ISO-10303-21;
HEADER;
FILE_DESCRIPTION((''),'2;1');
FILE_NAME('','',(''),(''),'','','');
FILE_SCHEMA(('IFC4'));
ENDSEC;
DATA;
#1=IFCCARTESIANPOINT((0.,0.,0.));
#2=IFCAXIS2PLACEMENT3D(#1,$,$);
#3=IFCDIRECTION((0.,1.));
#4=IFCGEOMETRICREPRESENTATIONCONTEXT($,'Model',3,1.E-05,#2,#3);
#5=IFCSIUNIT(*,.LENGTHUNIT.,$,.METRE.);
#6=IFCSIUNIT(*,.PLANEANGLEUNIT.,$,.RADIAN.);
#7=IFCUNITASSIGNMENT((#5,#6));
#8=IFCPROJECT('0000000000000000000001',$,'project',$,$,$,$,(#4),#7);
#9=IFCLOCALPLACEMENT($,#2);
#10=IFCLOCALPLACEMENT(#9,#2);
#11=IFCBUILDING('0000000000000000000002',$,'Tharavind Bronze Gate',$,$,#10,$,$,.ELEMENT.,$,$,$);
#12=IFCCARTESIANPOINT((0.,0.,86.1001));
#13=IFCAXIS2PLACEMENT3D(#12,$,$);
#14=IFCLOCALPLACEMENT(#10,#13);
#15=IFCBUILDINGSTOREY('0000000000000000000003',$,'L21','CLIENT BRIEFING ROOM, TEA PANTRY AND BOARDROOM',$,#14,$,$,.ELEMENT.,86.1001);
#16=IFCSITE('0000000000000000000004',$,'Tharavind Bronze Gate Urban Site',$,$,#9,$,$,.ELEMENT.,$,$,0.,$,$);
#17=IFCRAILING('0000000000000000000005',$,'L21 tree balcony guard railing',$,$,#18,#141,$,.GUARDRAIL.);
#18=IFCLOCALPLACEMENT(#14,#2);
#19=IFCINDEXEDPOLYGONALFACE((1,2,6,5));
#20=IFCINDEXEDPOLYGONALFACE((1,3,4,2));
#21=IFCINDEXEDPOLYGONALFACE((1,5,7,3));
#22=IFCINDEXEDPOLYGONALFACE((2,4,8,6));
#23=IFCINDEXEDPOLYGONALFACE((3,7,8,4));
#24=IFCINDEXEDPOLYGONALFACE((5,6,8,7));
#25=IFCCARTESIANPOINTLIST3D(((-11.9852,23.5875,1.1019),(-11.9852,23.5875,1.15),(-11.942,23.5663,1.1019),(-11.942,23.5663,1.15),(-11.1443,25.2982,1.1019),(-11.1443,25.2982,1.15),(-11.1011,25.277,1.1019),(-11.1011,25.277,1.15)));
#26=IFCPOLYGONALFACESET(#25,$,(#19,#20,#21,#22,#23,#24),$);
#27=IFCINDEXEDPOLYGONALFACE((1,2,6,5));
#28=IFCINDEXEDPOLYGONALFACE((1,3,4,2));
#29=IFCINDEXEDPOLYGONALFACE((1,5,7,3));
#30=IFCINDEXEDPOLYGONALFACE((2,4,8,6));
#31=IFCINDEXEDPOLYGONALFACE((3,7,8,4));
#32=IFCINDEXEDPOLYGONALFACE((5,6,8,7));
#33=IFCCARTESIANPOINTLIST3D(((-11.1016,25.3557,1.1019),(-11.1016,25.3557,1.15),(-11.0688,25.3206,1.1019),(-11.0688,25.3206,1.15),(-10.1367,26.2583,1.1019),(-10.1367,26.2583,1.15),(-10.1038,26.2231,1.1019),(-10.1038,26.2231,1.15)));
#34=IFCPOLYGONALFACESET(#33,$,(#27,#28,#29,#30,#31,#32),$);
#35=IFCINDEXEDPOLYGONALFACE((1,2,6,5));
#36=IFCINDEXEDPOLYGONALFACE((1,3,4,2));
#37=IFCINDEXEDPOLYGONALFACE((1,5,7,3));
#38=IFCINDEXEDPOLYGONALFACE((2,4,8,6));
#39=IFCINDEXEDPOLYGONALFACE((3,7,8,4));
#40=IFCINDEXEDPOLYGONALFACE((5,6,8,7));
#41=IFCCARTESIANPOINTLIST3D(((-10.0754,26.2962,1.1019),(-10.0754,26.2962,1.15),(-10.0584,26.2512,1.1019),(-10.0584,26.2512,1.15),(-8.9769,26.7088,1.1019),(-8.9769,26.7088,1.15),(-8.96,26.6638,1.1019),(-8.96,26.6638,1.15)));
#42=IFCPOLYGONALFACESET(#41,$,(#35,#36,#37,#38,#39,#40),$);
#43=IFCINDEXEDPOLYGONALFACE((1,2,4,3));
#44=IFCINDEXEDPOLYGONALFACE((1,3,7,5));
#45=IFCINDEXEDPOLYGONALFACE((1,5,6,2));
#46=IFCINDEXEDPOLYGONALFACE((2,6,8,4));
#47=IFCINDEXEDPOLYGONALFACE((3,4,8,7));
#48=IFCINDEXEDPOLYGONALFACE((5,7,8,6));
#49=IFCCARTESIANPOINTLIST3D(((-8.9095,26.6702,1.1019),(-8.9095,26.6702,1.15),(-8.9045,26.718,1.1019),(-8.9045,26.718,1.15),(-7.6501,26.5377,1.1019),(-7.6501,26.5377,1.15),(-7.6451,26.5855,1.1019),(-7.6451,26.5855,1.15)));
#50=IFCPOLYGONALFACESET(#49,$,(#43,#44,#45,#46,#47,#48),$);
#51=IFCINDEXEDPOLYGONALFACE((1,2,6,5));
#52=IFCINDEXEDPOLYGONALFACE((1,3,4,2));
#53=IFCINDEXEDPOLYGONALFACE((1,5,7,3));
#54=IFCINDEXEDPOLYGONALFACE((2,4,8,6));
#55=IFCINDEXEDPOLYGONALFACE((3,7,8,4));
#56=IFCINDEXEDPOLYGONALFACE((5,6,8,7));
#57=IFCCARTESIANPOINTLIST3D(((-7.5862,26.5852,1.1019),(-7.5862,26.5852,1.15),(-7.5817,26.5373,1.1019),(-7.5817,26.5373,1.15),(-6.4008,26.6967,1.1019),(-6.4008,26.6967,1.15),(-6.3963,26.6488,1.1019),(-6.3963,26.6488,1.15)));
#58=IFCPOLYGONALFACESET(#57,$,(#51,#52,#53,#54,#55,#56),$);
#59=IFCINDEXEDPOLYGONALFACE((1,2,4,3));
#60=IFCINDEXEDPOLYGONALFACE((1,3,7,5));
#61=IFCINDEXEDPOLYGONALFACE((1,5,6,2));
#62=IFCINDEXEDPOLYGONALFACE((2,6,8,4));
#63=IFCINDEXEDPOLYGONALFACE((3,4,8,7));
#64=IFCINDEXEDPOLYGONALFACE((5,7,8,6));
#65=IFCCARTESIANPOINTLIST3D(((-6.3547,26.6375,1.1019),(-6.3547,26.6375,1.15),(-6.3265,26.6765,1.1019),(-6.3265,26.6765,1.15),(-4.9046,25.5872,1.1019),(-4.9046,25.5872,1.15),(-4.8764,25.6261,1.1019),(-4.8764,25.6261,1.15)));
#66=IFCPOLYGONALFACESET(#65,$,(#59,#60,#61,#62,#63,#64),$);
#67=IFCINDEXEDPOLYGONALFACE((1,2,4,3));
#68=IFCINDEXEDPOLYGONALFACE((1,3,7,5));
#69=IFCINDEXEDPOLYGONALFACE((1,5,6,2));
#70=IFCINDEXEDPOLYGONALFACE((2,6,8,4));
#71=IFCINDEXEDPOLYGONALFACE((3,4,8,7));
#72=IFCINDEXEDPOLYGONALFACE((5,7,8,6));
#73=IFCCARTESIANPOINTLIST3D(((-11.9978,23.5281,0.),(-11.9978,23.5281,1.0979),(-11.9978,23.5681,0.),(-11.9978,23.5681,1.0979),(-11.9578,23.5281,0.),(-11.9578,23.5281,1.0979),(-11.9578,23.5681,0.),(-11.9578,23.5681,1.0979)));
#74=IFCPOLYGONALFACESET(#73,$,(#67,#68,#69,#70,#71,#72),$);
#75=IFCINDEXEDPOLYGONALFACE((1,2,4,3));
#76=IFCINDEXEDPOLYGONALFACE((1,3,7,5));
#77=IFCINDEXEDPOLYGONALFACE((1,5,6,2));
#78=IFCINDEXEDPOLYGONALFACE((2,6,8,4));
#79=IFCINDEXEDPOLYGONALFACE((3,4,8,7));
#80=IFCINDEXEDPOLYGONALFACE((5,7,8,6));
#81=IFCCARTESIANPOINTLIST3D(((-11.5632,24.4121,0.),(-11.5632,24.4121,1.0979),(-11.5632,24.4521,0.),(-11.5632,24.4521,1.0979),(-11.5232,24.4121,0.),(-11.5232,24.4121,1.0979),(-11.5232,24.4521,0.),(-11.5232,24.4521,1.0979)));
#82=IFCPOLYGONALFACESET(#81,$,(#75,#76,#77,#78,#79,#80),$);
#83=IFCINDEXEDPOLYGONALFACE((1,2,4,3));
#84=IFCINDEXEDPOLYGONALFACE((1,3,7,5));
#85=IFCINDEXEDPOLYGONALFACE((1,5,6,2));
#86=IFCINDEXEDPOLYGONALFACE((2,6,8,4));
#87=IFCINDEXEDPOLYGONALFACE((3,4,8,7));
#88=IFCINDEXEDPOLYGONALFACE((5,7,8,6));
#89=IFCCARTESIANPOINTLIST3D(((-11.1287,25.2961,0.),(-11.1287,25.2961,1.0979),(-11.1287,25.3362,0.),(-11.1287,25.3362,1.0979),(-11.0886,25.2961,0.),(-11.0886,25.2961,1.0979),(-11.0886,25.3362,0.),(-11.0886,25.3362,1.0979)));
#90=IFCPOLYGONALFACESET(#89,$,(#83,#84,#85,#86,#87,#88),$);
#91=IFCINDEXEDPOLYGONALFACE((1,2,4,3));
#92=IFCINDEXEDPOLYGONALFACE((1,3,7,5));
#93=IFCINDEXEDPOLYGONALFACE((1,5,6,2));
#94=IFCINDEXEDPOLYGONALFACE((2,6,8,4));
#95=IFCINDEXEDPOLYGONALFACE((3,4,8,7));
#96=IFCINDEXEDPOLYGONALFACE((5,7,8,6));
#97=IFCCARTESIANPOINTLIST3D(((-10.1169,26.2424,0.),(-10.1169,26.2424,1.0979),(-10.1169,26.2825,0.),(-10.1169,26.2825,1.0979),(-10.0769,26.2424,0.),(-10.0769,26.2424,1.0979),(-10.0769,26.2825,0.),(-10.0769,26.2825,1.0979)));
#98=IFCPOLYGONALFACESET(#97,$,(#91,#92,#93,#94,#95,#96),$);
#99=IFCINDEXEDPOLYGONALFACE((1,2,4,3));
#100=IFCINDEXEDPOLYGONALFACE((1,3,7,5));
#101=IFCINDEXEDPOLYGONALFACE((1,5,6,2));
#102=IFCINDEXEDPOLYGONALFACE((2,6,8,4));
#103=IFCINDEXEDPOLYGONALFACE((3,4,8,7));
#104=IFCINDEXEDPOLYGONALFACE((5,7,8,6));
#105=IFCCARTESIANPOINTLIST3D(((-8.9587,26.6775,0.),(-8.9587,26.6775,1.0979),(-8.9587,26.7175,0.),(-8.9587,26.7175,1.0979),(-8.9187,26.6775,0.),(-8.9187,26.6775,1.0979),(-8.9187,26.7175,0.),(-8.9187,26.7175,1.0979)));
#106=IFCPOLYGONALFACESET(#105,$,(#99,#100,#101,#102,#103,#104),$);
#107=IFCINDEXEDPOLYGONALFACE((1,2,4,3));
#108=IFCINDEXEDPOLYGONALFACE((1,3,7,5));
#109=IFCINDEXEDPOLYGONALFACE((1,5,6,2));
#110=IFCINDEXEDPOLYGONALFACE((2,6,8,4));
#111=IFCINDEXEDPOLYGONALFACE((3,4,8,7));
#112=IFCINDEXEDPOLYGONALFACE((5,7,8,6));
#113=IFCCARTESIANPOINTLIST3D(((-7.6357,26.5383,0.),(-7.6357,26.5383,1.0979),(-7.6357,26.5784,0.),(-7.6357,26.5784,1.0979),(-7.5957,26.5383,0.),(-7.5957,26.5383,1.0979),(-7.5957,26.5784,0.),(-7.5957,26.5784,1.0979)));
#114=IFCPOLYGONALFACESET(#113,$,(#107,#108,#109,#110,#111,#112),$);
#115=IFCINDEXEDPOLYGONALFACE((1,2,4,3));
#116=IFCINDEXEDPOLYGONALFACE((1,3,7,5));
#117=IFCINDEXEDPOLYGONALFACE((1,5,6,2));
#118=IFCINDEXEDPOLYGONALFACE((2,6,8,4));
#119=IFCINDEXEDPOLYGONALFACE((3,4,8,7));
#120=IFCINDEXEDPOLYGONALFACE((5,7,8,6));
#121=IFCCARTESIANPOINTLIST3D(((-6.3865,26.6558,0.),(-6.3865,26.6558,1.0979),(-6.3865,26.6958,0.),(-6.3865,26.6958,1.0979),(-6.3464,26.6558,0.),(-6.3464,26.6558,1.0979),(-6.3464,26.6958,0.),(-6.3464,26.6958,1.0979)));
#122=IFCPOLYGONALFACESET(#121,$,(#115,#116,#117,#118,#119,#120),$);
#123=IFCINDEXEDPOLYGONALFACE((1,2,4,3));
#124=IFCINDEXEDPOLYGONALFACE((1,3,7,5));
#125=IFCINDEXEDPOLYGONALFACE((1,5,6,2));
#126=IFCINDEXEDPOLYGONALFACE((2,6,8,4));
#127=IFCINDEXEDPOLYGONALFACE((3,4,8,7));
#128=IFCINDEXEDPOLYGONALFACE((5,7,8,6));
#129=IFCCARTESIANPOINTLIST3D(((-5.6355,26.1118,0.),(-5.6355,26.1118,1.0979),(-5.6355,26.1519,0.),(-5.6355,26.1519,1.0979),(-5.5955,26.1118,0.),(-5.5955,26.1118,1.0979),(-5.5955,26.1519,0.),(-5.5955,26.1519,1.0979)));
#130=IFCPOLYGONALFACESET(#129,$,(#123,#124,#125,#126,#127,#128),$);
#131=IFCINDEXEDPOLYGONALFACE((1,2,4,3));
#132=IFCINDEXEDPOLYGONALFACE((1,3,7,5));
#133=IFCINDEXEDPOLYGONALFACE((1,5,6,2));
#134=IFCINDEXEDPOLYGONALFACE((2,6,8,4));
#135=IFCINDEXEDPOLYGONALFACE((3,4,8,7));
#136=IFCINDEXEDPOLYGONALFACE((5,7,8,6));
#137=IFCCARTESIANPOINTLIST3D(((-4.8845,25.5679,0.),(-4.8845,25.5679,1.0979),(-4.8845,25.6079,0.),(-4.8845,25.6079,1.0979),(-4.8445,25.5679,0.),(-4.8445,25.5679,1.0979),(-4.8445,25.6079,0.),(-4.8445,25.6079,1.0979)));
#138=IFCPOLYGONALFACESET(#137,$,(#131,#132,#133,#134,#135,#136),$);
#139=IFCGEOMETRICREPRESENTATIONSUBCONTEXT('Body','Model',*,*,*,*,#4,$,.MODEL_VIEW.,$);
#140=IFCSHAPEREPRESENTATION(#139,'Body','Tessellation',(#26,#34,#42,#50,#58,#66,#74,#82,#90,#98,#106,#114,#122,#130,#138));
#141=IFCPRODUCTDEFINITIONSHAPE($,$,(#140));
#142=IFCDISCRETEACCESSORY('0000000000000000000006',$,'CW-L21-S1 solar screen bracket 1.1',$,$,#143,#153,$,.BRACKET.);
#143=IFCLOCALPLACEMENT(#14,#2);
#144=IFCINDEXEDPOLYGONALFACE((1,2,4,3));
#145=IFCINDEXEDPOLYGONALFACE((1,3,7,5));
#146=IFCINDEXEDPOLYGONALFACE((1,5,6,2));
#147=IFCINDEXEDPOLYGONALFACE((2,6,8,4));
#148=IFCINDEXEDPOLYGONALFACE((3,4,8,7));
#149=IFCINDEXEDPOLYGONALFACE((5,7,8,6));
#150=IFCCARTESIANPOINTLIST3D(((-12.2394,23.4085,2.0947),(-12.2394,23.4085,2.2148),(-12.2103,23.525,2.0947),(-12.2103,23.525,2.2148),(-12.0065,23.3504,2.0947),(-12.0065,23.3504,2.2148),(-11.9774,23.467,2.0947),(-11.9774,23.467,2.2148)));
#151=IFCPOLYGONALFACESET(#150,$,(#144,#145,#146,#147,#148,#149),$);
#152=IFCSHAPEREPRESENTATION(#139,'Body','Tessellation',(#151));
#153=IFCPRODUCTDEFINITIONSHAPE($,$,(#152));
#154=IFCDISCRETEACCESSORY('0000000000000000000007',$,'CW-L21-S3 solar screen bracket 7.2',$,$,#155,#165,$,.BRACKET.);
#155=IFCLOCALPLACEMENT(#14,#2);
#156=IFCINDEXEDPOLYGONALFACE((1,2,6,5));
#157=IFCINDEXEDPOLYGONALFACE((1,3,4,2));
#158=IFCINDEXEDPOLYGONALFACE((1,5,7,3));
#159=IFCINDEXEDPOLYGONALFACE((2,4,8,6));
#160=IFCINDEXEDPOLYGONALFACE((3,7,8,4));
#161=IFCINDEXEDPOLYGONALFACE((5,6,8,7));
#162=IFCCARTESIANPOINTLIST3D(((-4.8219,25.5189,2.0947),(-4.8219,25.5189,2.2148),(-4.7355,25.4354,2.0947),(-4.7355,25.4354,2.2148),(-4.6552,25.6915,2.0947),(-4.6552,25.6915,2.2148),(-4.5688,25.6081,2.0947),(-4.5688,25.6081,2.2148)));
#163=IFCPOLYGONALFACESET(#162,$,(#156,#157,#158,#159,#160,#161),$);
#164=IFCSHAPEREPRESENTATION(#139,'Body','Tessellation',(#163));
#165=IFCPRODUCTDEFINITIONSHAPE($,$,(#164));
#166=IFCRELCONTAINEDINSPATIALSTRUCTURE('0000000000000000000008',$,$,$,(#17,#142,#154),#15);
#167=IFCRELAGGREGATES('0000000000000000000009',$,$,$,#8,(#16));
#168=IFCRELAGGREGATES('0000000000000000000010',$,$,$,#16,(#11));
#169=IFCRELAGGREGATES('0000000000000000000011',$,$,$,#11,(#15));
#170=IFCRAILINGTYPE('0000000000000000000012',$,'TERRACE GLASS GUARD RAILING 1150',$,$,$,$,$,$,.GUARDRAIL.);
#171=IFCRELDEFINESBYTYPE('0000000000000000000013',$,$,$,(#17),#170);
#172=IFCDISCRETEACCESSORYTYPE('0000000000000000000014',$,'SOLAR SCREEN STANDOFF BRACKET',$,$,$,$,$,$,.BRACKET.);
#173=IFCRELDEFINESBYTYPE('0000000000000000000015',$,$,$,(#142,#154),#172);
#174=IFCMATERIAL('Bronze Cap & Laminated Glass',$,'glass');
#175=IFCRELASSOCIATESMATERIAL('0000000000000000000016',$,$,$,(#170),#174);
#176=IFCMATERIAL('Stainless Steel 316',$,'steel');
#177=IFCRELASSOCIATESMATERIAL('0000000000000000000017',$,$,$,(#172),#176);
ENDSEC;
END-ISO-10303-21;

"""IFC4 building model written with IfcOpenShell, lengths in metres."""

from ifc_helpers import new_model, si_unit, direction, frame, origin, origin_2d, place, context, subcontext, project, spatial, rectangle, extrude, material, type_object, element, save


model = new_model("IFC4")

# Units and contexts
model_context = context("Model", 3, precision=1e-05, world=origin(), true_north=direction((0.0, 1.0)))
body_context = subcontext(model_context, "Body", "Model", "MODEL_VIEW")
ifc_project = project(units=[si_unit("LENGTHUNIT", "METRE"), si_unit("PLANEANGLEUNIT", "RADIAN")], contexts=[model_context])

# Site, building, storey
site_placement = place(None, origin())
site = spatial("IfcSite", under=ifc_project, at=site_placement, Name="Tharavind Bronze Gate Urban Site", CompositionType="ELEMENT", RefElevation=0.0)
building_placement = place(site_placement, origin())
building = spatial("IfcBuilding", under=site, at=building_placement, Name="Tharavind Bronze Gate", CompositionType="ELEMENT")
storey_placement = place(building_placement, frame((0.0, 0.0, 86.1001)))
storey = spatial("IfcBuildingStorey", under=building, at=storey_placement, Name="L21", Description="CLIENT BRIEFING ROOM, TEA PANTRY AND BOARDROOM", CompositionType="ELEMENT", Elevation=86.1001)

# Railing
ifc_material_1 = material(Name="Bronze Cap & Laminated Glass", Category="glass")
railing_type = type_object("IfcRailingType", Name="TERRACE GLASS GUARD RAILING 1150", PredefinedType="GUARDRAIL", material=ifc_material_1)
railing_placement = place(storey_placement, frame((-11.9778, 23.5481, 0.0)))
element("IfcRailing", 1, at=railing_placement, inside=storey, type_object=railing_type, Name="L21 tree balcony guard railing", PredefinedType="GUARDRAIL", context=body_context, shape_type="SweptSolid", body=[
    extrude(rectangle(XDim=0.0481, YDim=0.0481, at=origin_2d()), frame((0.0142, 0.0288, 1.126), z_axis=(0.441156, 0.89743, 0.0), x_axis=(-0.89743, 0.441156, 0.0)), (0.0, 0.0, 1.0), 1.9062),
    extrude(rectangle(XDim=0.0481, YDim=0.0481, at=origin_2d()), frame((0.8926, 1.79, 1.126), z_axis=(0.730328, 0.683096, 0.0), x_axis=(-0.683096, 0.730328, 0.0)), (0.0, 0.0, 1.0), 1.3213),
    extrude(rectangle(XDim=0.0481, YDim=0.0481, at=origin_2d()), frame((1.9109, 2.7256, 1.126), z_axis=(0.936134, 0.351642, 0.0), x_axis=(-0.351642, 0.936134, 0.0)), (0.0, 0.0, 1.0), 1.1733),
    extrude(rectangle(XDim=0.0481, YDim=0.0481, at=origin_2d()), frame((3.0708, 3.146, 1.126), z_axis=(0.994513, -0.104608, 0.0), x_axis=(0.104608, 0.994513, 0.0)), (0.0, 0.0, 1.0), 1.2664),
    extrude(rectangle(XDim=0.0481, YDim=0.0481, at=origin_2d()), frame((4.3938, 3.0132, 1.126), z_axis=(0.995611, 0.093588, 0.0), x_axis=(-0.093588, 0.995611, 0.0)), (0.0, 0.0, 1.0), 1.1907),
    extrude(rectangle(XDim=0.0481, YDim=0.0481, at=origin_2d()), frame((5.6372, 3.1089, 1.126), z_axis=(0.809873, -0.586605, 0.0), x_axis=(0.586605, 0.809873, 0.0)), (0.0, 0.0, 1.0), 1.7905),
    extrude(rectangle(XDim=0.04, YDim=0.04, at=origin_2d()), origin(), (0.0, 0.0, 1.0), 1.0979),
    extrude(rectangle(XDim=0.04, YDim=0.04, at=origin_2d()), frame((0.4346, 0.884, 0.0)), (0.0, 0.0, 1.0), 1.0979),
    extrude(rectangle(XDim=0.04, YDim=0.04, at=origin_2d()), frame((0.8691, 1.7681, 0.0)), (0.0, 0.0, 1.0), 1.0979),
    extrude(rectangle(XDim=0.04, YDim=0.04, at=origin_2d()), frame((1.8809, 2.7144, 0.0)), (0.0, 0.0, 1.0), 1.0979),
    extrude(rectangle(XDim=0.04, YDim=0.04, at=origin_2d()), frame((3.0391, 3.1494, 0.0)), (0.0, 0.0, 1.0), 1.0979),
    extrude(rectangle(XDim=0.04, YDim=0.04, at=origin_2d()), frame((4.3621, 3.0103, 0.0)), (0.0, 0.0, 1.0), 1.0979),
    extrude(rectangle(XDim=0.04, YDim=0.04, at=origin_2d()), frame((5.6113, 3.1277, 0.0)), (0.0, 0.0, 1.0), 1.0979),
    extrude(rectangle(XDim=0.04, YDim=0.04, at=origin_2d()), frame((6.3623, 2.5837, 0.0)), (0.0, 0.0, 1.0), 1.0979),
    extrude(rectangle(XDim=0.04, YDim=0.04, at=origin_2d()), frame((7.1133, 2.0398, 0.0)), (0.0, 0.0, 1.0), 1.0979),
])

# Discrete accessories
ifc_material_2 = material(Name="Stainless Steel 316", Category="steel")
discrete_accessory_type = type_object("IfcDiscreteAccessoryType", Name="SOLAR SCREEN STANDOFF BRACKET", PredefinedType="BRACKET", material=ifc_material_2)
for number, where, z_axis, x_axis, name in (
    (2, (-12.1084, 23.4377, 2.0947), (0.0, 0.0, 1.0), (-0.241922, -0.970296, 0.0), "CW-L21-S1 solar screen bracket 1.1"),
    (3, (-4.6953, 25.5635, 2.0947), (0.0, 0.0, 1.0), (-0.719341, 0.694657, 0.0), "CW-L21-S3 solar screen bracket 7.2"),
):
    element("IfcDiscreteAccessory", number, at=place(storey_placement, frame(where, z_axis=z_axis, x_axis=x_axis)), inside=storey, type_object=discrete_accessory_type, Name=name, PredefinedType="BRACKET", context=body_context, shape_type="SweptSolid", body=[
        extrude(rectangle(XDim=0.1201, YDim=0.24, at=origin_2d()), origin(), (0.0, 0.0, 1.0), 0.1201),
    ])

save(model, "model.ifc")
